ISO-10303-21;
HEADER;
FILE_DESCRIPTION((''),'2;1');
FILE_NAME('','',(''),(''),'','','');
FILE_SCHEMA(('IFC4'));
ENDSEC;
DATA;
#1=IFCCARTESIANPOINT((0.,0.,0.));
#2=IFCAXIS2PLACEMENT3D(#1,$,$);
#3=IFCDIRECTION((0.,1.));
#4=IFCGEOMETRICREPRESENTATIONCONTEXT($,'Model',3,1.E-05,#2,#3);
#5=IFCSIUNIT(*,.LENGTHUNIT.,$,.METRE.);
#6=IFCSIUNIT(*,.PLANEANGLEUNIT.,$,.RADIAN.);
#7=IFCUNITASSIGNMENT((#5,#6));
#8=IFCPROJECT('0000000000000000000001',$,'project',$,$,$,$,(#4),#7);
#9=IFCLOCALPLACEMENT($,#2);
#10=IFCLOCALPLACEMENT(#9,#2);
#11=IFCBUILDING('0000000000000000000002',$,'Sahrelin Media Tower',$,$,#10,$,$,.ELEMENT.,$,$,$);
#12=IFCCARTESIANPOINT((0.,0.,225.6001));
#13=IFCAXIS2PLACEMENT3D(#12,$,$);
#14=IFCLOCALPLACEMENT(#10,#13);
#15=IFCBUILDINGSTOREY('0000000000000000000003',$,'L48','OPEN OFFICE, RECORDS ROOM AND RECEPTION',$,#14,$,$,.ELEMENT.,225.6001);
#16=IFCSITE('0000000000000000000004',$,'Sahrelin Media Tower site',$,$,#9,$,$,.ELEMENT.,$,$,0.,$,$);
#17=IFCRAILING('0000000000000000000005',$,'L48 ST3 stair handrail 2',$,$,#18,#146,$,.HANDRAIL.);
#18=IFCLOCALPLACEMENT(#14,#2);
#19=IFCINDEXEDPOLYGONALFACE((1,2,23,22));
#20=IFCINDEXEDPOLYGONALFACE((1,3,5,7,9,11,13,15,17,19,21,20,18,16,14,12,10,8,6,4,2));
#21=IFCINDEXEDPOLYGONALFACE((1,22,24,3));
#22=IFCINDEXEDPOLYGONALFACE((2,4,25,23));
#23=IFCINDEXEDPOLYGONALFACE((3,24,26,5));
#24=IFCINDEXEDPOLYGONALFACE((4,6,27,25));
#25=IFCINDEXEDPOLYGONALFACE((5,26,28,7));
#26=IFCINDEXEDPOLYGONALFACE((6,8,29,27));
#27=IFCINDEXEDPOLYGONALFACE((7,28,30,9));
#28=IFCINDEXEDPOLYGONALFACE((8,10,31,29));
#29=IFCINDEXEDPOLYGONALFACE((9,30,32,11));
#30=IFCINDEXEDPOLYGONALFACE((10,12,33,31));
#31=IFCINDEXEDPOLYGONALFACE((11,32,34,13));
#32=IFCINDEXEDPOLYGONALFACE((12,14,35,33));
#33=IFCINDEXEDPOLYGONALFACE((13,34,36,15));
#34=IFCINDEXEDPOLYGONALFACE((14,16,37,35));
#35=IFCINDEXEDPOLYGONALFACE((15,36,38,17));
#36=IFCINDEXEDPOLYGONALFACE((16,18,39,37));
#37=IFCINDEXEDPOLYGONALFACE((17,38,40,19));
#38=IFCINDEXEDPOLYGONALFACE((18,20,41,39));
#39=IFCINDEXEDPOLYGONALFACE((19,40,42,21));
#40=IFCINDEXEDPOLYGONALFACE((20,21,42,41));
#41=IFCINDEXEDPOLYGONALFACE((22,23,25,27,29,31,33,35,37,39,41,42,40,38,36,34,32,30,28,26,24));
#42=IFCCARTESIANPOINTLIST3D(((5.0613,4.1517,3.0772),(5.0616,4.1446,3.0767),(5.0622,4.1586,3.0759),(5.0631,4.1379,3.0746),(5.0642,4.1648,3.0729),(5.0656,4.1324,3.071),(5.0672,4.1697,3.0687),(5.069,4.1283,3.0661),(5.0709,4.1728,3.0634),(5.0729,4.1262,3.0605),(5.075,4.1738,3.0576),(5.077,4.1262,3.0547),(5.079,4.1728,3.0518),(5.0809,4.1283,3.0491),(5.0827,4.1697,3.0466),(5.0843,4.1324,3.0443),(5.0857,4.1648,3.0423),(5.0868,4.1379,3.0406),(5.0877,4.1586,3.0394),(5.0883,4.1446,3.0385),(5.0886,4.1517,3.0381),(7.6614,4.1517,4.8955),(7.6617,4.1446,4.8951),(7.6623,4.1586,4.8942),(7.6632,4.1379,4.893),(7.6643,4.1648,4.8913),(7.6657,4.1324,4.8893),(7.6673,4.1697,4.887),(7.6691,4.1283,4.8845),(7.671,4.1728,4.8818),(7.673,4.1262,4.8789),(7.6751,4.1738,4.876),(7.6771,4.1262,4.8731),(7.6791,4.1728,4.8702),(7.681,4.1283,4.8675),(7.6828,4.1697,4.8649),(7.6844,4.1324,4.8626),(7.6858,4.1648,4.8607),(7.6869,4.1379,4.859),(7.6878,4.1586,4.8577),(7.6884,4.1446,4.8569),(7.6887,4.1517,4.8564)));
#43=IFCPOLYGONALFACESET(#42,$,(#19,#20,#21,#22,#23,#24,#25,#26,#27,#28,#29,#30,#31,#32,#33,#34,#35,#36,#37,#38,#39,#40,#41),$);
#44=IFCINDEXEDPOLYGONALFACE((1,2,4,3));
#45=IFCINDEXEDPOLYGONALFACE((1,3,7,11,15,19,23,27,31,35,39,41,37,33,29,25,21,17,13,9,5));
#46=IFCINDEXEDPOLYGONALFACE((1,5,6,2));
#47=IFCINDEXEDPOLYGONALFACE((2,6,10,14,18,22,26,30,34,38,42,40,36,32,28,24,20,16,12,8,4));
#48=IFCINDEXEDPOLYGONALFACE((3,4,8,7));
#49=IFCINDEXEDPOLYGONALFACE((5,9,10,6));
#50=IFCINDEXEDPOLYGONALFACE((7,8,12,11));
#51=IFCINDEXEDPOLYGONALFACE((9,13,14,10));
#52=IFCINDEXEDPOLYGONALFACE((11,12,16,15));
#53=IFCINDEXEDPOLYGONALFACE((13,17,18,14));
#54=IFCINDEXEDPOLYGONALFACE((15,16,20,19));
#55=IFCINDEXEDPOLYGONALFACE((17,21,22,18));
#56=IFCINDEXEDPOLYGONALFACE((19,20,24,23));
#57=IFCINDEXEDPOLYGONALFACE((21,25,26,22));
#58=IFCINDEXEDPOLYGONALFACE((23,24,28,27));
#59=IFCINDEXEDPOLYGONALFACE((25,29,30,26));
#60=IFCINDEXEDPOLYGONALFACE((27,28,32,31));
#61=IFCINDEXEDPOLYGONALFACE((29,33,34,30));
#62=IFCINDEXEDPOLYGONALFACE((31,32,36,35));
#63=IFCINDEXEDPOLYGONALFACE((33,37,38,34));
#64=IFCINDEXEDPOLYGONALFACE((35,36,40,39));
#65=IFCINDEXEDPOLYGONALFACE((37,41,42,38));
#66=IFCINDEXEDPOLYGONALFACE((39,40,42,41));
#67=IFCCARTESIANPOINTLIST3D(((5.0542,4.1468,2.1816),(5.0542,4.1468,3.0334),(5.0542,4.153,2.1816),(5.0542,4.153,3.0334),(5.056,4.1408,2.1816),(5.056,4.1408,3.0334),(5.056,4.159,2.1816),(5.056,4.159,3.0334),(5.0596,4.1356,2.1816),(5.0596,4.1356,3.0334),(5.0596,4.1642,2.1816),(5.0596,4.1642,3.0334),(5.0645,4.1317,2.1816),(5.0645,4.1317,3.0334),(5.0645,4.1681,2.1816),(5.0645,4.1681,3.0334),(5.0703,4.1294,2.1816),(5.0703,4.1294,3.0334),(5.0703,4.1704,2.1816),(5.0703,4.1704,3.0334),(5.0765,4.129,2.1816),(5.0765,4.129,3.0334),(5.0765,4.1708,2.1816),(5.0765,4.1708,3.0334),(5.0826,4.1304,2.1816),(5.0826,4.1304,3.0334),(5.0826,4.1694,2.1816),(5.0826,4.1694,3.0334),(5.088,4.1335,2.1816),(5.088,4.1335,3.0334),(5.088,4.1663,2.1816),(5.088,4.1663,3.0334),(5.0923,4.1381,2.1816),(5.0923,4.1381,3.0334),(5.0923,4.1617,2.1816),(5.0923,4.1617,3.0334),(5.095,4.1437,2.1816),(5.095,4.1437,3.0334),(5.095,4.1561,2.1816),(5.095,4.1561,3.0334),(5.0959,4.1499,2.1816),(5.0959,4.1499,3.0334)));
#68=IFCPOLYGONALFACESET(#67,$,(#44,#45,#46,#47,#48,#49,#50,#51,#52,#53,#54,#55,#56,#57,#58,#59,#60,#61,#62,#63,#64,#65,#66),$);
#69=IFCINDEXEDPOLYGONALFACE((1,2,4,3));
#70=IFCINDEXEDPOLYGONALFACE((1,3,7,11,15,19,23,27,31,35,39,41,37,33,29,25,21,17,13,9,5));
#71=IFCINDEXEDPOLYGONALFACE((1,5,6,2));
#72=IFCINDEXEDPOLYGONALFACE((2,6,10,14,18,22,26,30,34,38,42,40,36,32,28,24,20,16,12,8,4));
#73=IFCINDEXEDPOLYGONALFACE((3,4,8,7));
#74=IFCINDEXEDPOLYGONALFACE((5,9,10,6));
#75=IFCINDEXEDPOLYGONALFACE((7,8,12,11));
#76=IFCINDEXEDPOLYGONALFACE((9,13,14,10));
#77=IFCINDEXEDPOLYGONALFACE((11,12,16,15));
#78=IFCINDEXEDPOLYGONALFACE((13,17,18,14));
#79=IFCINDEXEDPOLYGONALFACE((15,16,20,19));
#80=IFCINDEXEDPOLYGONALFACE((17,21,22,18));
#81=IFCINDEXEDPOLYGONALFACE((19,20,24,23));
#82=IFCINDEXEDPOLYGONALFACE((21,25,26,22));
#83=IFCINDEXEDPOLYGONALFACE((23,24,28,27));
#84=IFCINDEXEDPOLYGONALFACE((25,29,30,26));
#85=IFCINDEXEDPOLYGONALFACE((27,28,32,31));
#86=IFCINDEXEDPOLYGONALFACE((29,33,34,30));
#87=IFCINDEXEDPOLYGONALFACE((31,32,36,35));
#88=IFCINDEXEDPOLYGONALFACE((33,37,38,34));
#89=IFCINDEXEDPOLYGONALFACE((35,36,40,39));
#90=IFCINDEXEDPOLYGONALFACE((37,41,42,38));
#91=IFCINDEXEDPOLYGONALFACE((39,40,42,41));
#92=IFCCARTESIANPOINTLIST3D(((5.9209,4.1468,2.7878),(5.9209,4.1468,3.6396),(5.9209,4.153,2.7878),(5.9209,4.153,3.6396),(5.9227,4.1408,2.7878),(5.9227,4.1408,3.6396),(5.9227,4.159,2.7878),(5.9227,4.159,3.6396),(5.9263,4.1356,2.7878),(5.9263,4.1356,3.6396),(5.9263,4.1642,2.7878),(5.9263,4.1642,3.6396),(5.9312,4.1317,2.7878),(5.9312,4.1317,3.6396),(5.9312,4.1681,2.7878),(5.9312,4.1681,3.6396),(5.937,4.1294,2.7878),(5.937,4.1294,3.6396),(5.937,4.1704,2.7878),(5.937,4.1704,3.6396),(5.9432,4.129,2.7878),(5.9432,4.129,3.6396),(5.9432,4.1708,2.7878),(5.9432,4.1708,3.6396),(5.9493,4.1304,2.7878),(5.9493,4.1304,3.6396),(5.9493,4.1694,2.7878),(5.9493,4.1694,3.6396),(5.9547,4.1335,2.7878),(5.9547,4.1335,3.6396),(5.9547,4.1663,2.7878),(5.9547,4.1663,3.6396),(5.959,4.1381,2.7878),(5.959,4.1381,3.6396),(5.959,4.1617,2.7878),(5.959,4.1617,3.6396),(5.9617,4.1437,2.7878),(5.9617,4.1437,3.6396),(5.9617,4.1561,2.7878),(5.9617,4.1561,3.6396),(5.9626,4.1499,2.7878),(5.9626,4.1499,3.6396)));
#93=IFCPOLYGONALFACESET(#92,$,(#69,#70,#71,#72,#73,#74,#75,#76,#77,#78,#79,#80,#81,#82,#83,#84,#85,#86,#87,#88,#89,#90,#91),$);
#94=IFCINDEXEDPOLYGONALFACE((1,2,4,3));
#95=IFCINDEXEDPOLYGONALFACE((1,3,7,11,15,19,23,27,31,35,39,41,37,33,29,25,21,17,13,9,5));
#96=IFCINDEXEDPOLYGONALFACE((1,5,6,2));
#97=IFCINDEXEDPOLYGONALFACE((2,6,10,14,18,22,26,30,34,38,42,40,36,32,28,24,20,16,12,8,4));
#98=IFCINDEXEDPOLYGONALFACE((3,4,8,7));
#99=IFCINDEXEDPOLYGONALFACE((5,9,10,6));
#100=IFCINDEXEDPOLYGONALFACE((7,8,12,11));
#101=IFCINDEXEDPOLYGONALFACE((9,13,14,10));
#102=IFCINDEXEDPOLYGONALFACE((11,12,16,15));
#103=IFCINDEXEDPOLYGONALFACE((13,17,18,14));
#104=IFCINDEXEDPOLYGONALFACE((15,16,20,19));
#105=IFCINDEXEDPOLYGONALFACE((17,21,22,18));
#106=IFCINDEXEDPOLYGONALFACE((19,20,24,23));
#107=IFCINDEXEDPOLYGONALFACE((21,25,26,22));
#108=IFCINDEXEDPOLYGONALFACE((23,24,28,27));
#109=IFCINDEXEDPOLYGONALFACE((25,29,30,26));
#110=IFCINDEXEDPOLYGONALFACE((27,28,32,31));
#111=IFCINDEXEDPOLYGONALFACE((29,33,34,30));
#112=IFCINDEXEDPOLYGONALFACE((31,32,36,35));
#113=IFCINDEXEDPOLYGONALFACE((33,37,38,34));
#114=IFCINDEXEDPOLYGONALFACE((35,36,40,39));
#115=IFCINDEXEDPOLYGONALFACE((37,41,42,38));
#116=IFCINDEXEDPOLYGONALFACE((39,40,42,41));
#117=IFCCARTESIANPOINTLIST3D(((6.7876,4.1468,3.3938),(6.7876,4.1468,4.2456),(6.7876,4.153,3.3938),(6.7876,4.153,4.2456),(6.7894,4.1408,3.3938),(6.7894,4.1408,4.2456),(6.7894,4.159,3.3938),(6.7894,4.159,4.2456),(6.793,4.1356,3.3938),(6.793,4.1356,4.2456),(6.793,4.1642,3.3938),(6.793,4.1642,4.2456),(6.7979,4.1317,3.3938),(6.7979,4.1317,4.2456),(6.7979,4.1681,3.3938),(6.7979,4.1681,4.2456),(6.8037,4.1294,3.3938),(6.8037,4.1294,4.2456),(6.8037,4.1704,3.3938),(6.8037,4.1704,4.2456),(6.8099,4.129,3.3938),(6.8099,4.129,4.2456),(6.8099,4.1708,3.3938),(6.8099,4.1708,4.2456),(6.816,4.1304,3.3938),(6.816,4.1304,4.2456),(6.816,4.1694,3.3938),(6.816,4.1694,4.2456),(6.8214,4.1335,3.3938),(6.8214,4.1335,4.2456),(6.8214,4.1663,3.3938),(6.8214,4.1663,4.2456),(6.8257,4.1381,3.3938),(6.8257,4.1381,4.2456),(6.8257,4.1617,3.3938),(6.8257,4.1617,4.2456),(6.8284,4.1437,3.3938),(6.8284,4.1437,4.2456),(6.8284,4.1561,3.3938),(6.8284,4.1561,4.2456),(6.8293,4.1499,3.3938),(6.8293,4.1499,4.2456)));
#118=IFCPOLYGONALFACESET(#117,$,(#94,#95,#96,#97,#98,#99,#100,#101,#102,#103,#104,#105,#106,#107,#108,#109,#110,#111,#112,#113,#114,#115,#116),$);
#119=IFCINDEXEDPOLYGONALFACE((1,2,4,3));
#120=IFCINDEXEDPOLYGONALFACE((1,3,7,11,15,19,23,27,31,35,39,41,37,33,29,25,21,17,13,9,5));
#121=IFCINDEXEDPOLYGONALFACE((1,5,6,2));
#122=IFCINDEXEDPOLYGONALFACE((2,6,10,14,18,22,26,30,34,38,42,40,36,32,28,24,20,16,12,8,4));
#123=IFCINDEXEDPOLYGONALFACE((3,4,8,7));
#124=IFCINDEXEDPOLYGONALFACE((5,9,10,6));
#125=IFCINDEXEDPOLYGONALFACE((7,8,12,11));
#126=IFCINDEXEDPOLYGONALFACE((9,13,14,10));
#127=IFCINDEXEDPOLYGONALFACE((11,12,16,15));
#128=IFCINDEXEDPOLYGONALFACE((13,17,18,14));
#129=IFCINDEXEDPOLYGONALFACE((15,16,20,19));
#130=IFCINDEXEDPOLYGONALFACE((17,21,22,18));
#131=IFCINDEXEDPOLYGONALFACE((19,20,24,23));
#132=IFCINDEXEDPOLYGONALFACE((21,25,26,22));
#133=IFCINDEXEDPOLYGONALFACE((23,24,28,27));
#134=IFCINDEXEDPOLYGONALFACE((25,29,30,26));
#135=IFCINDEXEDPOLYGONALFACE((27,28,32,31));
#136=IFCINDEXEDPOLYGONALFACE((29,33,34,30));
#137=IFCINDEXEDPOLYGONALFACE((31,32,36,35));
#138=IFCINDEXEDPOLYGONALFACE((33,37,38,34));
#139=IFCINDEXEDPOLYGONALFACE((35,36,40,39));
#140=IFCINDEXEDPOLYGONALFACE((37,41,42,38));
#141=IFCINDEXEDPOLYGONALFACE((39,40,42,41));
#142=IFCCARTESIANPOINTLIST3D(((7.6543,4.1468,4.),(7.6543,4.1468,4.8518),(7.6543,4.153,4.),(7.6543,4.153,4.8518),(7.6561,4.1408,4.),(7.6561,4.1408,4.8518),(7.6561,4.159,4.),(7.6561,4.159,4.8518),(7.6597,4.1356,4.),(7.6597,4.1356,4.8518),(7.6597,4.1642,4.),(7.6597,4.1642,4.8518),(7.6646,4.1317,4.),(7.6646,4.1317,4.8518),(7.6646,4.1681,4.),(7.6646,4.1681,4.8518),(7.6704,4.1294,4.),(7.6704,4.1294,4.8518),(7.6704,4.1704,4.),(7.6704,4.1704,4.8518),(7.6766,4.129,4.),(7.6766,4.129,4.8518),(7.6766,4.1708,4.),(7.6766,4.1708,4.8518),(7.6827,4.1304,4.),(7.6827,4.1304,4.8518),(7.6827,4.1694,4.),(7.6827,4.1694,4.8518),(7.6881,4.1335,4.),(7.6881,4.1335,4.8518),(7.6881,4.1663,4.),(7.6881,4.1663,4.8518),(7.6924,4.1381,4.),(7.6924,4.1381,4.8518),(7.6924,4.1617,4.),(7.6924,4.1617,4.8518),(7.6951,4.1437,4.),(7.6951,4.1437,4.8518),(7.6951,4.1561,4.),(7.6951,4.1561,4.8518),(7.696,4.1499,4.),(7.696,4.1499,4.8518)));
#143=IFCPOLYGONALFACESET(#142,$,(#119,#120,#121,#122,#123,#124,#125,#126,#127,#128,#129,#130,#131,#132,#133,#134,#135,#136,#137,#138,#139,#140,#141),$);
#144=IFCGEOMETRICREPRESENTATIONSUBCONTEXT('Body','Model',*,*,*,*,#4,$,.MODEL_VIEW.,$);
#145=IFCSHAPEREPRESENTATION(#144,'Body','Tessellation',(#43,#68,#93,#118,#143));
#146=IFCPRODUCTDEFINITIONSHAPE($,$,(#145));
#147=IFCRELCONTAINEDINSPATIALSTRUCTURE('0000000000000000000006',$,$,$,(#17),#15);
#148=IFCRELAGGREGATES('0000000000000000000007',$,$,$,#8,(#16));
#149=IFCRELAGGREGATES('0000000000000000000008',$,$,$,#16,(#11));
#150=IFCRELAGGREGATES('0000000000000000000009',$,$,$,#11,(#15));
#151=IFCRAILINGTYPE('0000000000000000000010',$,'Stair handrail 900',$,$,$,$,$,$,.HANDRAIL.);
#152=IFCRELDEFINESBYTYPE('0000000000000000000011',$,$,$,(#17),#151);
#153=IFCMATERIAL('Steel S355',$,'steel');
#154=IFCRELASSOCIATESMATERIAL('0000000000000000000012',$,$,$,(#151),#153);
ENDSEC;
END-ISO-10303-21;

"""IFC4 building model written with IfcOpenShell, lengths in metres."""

from ifc_helpers import new_model, si_unit, direction, frame, origin, origin_2d, place, context, subcontext, project, spatial, circle, extrude, material, type_object, element, save


model = new_model("IFC4")

# Units and contexts
model_context = context("Model", 3, precision=1e-05, world=origin(), true_north=direction((0.0, 1.0)))
body_context = subcontext(model_context, "Body", "Model", "MODEL_VIEW")
ifc_project = project(units=[si_unit("LENGTHUNIT", "METRE"), si_unit("PLANEANGLEUNIT", "RADIAN")], contexts=[model_context])

# Site, building, storey
site_placement = place(None, origin())
site = spatial("IfcSite", under=ifc_project, at=site_placement, Name="Sahrelin Media Tower site", CompositionType="ELEMENT", RefElevation=0.0)
building_placement = place(site_placement, origin())
building = spatial("IfcBuilding", under=site, at=building_placement, Name="Sahrelin Media Tower", CompositionType="ELEMENT")
storey_placement = place(building_placement, frame((0.0, 0.0, 225.6001)))
storey = spatial("IfcBuildingStorey", under=building, at=storey_placement, Name="L48", Description="OPEN OFFICE, RECORDS ROOM AND RECEPTION", CompositionType="ELEMENT", Elevation=225.6001)

# Shared definitions
ifc_material_1 = material(Name="Steel S355", Category="steel")

# Railing
railing_type_1 = type_object("IfcRailingType", Name="Stair handrail 900", PredefinedType="HANDRAIL", material=ifc_material_1)
railing_1_placement = place(storey_placement, frame((5.075, 4.1499, 2.1816)))
element("IfcRailing", 1, at=railing_1_placement, inside=storey, type_object=railing_type_1, Name="L48 ST3 stair handrail 2", PredefinedType="HANDRAIL", context=body_context, shape_type="SweptSolid", body=[
    extrude(circle(Radius=0.0239, at=origin_2d()), frame((0.0, 0.0, 0.876), z_axis=(0.819485, 0.0, 0.573101), x_axis=(0.0, 1.0, 0.0)), (0.0, 0.0, 1.0), 3.1729),
    extrude(circle(Radius=0.021, at=origin_2d()), origin(), (0.0, 0.0, 1.0), 0.8518),
    extrude(circle(Radius=0.021, at=origin_2d()), frame((0.8667, 0.0, 0.6062)), (0.0, 0.0, 1.0), 0.8518),
    extrude(circle(Radius=0.021, at=origin_2d()), frame((1.7334, 0.0, 1.2122)), (0.0, 0.0, 1.0), 0.8518),
    extrude(circle(Radius=0.021, at=origin_2d()), frame((2.6001, 0.0, 1.8184)), (0.0, 0.0, 1.0), 0.8518),
])

save(model, "model.ifc")
